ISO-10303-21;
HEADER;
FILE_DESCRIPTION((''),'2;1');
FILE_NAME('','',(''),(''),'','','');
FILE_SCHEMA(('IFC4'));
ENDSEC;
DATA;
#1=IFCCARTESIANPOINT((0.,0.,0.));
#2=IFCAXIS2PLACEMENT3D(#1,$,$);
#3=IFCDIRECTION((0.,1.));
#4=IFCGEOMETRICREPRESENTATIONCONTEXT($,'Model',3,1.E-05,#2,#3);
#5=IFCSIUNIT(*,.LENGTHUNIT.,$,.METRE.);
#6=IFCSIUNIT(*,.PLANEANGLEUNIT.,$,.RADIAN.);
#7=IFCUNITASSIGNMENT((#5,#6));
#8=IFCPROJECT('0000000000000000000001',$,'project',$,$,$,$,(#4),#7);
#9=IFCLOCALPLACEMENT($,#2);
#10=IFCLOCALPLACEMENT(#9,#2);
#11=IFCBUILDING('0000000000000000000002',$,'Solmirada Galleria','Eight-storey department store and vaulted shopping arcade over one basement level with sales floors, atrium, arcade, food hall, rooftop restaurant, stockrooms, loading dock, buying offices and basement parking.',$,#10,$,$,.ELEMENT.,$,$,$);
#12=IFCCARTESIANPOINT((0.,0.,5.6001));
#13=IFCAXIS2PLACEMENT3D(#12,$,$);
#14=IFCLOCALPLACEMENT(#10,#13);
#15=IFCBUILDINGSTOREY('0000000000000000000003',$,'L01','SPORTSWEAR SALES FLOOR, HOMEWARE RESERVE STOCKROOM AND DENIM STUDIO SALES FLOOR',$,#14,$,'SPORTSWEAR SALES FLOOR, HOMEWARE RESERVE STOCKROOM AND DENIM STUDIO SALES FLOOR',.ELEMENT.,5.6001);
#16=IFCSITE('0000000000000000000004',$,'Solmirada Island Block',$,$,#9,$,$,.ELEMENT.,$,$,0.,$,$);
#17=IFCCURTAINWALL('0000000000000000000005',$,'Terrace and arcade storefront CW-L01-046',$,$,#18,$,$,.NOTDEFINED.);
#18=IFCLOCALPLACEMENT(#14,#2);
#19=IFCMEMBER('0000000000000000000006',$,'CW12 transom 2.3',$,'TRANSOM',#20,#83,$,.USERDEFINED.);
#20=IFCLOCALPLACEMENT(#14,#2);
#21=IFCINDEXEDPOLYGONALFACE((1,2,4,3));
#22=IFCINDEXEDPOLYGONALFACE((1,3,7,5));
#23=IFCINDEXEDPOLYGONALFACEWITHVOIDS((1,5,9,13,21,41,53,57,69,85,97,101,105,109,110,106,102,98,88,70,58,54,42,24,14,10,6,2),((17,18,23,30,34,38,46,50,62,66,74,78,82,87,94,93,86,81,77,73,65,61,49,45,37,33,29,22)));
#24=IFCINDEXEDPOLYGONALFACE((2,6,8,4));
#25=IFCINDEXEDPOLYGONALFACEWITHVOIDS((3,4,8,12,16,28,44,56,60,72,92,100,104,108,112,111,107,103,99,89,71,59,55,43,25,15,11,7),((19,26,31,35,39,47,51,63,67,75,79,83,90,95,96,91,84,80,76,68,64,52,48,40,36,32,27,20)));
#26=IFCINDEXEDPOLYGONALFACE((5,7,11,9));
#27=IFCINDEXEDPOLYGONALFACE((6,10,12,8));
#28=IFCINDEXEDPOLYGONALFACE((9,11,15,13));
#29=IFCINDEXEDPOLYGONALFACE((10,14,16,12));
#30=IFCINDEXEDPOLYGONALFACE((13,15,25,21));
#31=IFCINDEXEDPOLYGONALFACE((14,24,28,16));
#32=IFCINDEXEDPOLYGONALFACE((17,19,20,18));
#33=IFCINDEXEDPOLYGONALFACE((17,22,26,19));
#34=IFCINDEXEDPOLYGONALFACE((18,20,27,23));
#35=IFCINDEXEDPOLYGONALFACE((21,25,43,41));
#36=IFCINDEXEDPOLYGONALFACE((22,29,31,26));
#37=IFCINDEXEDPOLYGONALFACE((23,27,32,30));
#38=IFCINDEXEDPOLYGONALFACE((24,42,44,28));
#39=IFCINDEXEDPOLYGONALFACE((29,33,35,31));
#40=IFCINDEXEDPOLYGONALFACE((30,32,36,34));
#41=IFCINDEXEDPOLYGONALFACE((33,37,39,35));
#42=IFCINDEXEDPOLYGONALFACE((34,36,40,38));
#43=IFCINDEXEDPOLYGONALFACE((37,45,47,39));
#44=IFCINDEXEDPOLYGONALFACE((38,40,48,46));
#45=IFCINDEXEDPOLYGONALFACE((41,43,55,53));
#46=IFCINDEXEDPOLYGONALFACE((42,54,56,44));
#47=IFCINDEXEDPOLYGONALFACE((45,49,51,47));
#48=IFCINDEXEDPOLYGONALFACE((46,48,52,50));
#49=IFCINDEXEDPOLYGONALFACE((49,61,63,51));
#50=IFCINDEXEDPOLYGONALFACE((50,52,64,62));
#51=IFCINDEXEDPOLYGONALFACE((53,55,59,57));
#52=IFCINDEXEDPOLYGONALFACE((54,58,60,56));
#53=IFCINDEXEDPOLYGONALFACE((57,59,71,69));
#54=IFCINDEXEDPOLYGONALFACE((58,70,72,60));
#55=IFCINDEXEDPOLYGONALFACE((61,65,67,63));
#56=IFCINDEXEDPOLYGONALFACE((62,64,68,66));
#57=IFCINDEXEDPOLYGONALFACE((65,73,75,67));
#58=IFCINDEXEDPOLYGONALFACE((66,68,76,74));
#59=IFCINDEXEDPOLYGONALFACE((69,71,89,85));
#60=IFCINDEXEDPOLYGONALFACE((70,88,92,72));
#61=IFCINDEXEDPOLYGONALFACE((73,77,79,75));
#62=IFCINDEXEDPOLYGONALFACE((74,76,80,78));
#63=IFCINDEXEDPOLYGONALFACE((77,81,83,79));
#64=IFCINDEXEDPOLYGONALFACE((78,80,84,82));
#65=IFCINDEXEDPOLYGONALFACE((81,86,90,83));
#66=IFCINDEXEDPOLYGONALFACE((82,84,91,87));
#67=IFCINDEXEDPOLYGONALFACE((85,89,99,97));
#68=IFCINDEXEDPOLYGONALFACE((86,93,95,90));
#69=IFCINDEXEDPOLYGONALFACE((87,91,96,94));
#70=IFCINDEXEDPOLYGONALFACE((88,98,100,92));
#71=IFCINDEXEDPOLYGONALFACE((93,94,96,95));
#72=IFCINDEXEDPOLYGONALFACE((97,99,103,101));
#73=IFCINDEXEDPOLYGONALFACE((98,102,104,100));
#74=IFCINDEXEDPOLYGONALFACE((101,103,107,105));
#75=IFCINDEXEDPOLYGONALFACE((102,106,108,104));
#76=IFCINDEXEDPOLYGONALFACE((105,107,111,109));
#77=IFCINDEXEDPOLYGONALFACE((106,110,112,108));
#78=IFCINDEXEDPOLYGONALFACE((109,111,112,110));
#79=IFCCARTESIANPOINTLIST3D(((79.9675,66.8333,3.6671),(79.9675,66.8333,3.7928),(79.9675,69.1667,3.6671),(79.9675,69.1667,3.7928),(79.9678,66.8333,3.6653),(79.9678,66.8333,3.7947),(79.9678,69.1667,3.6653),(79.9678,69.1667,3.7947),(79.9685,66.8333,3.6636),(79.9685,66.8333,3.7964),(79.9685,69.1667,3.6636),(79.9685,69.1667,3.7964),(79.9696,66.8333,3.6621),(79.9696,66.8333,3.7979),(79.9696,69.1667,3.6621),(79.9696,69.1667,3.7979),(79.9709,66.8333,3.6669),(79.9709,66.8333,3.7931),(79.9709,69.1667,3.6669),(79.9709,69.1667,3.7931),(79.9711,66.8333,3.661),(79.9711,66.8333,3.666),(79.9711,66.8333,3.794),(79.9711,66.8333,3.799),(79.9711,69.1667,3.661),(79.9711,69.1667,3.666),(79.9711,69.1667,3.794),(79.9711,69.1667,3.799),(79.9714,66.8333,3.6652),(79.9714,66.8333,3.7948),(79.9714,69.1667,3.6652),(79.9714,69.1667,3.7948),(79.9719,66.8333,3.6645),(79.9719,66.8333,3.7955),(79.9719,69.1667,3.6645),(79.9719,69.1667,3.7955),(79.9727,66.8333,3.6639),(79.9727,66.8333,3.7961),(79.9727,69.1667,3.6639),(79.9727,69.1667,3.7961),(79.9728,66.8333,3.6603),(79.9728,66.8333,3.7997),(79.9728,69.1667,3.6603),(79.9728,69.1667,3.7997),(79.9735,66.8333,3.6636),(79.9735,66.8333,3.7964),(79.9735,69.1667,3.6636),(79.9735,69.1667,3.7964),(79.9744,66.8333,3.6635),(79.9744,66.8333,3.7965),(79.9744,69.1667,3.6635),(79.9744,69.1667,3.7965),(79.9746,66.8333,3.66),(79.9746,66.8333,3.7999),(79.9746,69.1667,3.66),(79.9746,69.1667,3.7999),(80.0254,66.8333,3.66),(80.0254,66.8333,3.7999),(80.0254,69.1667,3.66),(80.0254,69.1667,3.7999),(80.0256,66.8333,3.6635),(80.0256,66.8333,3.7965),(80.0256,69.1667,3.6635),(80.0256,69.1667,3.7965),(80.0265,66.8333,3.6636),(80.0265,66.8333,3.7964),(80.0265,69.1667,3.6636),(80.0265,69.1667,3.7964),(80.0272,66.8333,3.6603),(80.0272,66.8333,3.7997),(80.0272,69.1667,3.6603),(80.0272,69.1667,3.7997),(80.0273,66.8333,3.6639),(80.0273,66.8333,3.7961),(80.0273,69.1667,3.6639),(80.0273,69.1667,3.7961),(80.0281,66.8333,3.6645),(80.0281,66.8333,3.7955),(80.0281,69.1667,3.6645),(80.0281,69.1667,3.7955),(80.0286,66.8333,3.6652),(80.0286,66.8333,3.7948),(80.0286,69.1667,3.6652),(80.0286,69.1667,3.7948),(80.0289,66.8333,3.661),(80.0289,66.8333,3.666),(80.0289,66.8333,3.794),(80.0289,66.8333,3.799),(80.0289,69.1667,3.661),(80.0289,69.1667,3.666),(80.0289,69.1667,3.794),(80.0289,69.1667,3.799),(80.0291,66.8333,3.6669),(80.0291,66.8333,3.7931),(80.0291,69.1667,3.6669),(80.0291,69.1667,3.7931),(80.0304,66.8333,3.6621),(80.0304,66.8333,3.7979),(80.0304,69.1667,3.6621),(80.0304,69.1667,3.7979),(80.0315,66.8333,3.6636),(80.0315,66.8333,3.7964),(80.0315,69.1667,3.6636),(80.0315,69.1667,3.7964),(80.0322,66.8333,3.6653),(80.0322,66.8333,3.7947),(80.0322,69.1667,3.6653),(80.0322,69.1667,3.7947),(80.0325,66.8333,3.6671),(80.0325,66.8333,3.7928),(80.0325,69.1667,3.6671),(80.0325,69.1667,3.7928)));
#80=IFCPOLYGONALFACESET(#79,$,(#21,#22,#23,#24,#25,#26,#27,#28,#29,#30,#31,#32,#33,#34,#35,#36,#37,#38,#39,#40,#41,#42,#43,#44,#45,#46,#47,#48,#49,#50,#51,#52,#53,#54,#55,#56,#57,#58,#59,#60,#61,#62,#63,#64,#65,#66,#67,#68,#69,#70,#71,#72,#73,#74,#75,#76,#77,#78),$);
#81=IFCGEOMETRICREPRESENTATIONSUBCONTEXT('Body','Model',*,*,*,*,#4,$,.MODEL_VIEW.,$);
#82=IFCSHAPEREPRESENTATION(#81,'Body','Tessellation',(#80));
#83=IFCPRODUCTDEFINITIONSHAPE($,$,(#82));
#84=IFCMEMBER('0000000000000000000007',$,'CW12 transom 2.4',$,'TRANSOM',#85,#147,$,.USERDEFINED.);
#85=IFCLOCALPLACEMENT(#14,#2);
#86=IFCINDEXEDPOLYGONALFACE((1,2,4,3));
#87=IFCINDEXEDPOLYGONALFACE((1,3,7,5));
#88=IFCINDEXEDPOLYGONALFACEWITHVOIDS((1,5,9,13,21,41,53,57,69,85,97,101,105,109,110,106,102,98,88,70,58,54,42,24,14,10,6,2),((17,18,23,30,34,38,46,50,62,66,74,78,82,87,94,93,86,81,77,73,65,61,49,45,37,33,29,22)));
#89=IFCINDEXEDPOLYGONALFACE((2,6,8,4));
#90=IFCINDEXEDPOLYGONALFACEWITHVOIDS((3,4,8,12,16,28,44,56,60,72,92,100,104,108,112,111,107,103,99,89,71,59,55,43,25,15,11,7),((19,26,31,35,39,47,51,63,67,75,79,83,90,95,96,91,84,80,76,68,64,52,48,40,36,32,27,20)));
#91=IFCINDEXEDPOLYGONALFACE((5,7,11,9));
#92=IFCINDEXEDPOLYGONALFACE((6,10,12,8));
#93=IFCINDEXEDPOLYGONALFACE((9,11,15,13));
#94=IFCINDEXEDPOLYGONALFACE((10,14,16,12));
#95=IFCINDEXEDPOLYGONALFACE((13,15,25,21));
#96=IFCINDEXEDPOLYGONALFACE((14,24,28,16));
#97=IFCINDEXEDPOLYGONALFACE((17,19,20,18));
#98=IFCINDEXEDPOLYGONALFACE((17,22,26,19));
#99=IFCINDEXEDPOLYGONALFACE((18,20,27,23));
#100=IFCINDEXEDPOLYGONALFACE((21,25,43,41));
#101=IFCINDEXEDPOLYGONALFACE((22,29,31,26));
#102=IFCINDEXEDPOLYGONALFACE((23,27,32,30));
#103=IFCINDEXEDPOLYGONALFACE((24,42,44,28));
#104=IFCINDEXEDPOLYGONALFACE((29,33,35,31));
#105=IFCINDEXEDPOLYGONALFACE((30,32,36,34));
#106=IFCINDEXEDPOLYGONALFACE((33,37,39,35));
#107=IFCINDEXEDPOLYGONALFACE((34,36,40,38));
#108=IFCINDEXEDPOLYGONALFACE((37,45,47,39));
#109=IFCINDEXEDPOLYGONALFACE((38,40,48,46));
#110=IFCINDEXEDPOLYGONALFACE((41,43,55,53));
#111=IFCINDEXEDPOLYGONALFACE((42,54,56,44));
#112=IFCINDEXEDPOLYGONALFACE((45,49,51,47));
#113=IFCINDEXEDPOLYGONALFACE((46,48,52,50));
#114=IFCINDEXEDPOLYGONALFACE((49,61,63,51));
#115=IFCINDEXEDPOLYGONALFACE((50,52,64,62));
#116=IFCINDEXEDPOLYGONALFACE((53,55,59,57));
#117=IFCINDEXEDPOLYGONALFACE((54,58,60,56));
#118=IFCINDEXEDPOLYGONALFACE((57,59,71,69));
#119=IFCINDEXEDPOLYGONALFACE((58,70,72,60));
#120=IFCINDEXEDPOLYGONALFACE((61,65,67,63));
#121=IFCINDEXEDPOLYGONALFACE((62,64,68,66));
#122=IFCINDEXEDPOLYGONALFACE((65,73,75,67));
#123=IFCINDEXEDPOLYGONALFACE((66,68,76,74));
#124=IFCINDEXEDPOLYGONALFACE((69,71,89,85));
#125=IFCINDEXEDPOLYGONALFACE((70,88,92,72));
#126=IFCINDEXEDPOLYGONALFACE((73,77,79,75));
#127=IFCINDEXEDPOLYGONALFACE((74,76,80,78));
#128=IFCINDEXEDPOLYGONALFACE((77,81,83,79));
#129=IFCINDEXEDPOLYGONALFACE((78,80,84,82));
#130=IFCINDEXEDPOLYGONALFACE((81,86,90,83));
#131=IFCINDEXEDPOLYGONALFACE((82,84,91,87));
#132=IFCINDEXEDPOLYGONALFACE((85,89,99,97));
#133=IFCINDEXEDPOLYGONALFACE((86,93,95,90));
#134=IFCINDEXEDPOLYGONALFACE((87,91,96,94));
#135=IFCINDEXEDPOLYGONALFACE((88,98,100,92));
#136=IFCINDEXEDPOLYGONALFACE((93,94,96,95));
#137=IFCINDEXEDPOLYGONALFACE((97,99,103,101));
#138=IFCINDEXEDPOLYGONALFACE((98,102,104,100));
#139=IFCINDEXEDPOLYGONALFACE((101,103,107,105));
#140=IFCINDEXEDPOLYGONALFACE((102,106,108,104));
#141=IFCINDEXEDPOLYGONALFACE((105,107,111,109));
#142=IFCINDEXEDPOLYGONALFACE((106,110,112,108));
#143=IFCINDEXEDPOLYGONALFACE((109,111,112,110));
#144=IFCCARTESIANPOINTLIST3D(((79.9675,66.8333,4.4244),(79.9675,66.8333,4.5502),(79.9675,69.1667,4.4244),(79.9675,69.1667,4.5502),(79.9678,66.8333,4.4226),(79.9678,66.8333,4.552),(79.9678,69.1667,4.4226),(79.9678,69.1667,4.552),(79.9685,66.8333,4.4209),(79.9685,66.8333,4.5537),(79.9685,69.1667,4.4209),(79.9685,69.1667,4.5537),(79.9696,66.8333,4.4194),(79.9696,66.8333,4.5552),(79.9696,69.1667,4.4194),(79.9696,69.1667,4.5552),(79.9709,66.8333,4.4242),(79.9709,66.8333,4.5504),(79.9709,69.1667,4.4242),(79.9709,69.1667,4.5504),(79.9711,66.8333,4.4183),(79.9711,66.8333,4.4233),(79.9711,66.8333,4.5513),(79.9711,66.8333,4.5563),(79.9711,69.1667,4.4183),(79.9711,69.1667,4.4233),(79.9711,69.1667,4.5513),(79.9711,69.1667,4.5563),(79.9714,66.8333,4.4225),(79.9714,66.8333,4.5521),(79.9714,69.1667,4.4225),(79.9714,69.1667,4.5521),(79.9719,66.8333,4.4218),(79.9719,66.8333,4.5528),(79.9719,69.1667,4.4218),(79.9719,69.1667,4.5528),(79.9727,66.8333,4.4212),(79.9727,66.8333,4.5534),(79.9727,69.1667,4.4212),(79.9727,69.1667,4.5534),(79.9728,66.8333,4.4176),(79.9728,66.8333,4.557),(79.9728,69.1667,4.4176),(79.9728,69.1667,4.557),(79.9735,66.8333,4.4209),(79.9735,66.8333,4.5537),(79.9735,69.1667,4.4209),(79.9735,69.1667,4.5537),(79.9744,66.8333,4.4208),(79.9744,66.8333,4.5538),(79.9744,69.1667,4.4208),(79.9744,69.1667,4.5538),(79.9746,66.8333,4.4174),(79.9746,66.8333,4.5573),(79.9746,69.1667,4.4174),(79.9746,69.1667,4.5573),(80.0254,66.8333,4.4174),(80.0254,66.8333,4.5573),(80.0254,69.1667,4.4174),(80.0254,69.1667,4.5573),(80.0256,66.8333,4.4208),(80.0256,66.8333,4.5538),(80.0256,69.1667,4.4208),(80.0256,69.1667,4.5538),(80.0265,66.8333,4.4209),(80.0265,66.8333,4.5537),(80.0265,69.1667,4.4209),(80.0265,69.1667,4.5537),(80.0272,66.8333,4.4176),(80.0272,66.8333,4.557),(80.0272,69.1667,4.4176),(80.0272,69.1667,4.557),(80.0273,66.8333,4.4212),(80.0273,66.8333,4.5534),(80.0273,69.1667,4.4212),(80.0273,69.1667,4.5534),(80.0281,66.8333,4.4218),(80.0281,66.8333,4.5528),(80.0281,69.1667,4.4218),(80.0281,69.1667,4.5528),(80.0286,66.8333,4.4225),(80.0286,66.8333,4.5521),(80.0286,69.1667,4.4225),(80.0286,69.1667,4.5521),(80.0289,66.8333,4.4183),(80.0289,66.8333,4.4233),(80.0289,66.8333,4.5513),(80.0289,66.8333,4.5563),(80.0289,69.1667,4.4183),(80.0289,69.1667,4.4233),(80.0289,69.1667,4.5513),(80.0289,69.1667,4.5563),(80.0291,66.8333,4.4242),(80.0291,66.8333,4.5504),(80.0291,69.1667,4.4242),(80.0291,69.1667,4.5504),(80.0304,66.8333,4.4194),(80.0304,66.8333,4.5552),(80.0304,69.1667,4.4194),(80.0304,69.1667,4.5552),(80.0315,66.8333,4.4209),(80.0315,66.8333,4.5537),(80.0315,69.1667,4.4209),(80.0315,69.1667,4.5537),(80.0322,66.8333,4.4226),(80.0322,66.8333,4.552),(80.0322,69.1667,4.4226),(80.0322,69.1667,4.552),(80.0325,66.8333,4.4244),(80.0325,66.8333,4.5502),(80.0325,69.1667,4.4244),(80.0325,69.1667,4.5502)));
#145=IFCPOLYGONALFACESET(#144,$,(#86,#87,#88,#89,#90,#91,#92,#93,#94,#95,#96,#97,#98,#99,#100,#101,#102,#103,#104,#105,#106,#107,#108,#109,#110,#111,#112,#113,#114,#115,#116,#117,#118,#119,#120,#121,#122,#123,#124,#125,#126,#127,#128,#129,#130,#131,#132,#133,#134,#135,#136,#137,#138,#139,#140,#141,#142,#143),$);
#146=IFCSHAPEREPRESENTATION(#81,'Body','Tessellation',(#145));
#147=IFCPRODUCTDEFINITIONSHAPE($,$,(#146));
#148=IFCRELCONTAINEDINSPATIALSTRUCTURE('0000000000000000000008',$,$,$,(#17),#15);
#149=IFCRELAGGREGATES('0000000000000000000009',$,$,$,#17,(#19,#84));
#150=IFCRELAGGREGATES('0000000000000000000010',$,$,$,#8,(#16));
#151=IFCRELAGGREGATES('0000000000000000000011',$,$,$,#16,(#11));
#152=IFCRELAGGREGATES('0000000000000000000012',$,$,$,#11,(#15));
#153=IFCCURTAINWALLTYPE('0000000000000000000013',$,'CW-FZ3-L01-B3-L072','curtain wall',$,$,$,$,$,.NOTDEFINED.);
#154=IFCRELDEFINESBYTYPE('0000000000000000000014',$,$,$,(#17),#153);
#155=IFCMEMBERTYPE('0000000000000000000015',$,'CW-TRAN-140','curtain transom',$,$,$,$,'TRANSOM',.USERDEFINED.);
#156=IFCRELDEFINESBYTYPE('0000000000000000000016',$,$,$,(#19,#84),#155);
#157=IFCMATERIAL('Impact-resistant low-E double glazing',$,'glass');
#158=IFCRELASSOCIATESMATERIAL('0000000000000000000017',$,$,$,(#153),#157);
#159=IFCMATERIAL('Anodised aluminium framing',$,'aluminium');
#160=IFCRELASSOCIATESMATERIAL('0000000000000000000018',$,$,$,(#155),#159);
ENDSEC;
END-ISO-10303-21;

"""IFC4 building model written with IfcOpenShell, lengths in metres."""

from ifc_helpers import new_model, si_unit, direction, frame, origin, origin_2d, place, context, subcontext, project, spatial, hollow_rectangle, extrude, material, material_profile, profile_set, type_object, element, aggregate, save


model = new_model("IFC4")

# Units and contexts
model_context = context("Model", 3, precision=1e-05, world=origin(), true_north=direction((0.0, 1.0)))
body_context = subcontext(model_context, "Body", "Model", "MODEL_VIEW")
ifc_project = project(units=[si_unit("LENGTHUNIT", "METRE"), si_unit("PLANEANGLEUNIT", "RADIAN")], contexts=[model_context])

# Site, building, storey
site_placement = place(None, origin())
site = spatial("IfcSite", under=ifc_project, at=site_placement, Name="Solmirada Island Block", CompositionType="ELEMENT", RefElevation=0.0)
building_placement = place(site_placement, origin())
building = spatial("IfcBuilding", under=site, at=building_placement, Name="Solmirada Galleria", Description="Eight-storey department store and vaulted shopping arcade over one basement level with sales floors, atrium, arcade, food hall, rooftop restaurant, stockrooms, loading dock, buying offices and basement parking.", CompositionType="ELEMENT")
storey_placement = place(building_placement, frame((0.0, 0.0, 5.6001)))
storey = spatial("IfcBuildingStorey", under=building, at=storey_placement, Name="L01", Description="SPORTSWEAR SALES FLOOR, HOMEWARE RESERVE STOCKROOM AND DENIM STUDIO SALES FLOOR", LongName="SPORTSWEAR SALES FLOOR, HOMEWARE RESERVE STOCKROOM AND DENIM STUDIO SALES FLOOR", CompositionType="ELEMENT", Elevation=5.6001)

# Curtain wall
ifc_material_1 = material(Name="Impact-resistant low-E double glazing", Category="glass")
curtain_wall_type_1 = type_object("IfcCurtainWallType", Name="CW-FZ3-L01-B3-L072", Description="curtain wall", PredefinedType="NOTDEFINED", material=ifc_material_1)
curtain_wall_1_placement = place(storey_placement, origin())
curtain_wall_1 = element("IfcCurtainWall", 1, at=curtain_wall_1_placement, inside=storey, type_object=curtain_wall_type_1, Name="Terrace and arcade storefront CW-L01-046", PredefinedType="NOTDEFINED")
ifc_material_2 = material(Name="Anodised aluminium framing", Category="aluminium")

# Members
ifc_material_profile_1 = material_profile(ifc_material_2, hollow_rectangle(XDim=0.0649, YDim=0.1399, WallThickness=0.0034, InnerFilletRadius=0.0034, OuterFilletRadius=0.0071, at=origin_2d()), Name="ALU-TRAN-140X65")
ifc_profile_set_1 = profile_set([ifc_material_profile_1], Name="Anodised aluminium framing")
member_type_1 = type_object("IfcMemberType", Name="CW-TRAN-140", Description="curtain transom", ElementType="TRANSOM", PredefinedType="USERDEFINED", material=ifc_profile_set_1)
member_1_placement = place(storey_placement, frame((80.0, 66.8333, 3.73), z_axis=(0.0, 1.0, 0.0), x_axis=(-1.0, 0.0, 0.0)))
member_1 = element("IfcMember", 2, at=member_1_placement, type_object=member_type_1, Name="CW12 transom 2.3", ObjectType="TRANSOM", PredefinedType="USERDEFINED", context=body_context, shape_type="SweptSolid", body=[
    extrude(hollow_rectangle(XDim=0.0649, YDim=0.1399, WallThickness=0.0034, InnerFilletRadius=0.0034, OuterFilletRadius=0.0071, at=origin_2d()), origin(), (0.0, 0.0, 1.0), 2.3335),
])
member_2_placement = place(storey_placement, frame((80.0, 66.8333, 4.4873), z_axis=(0.0, 1.0, 0.0), x_axis=(-1.0, 0.0, 0.0)))
member_2 = element("IfcMember", 3, at=member_2_placement, type_object=member_type_1, Name="CW12 transom 2.4", ObjectType="TRANSOM", PredefinedType="USERDEFINED", context=body_context, shape_type="SweptSolid", body=[
    extrude(hollow_rectangle(XDim=0.0649, YDim=0.1399, WallThickness=0.0034, InnerFilletRadius=0.0034, OuterFilletRadius=0.0071, at=origin_2d()), origin(), (0.0, 0.0, 1.0), 2.3335),
])

aggregate(curtain_wall_1, [member_1, member_2])

save(model, "model.ifc")
